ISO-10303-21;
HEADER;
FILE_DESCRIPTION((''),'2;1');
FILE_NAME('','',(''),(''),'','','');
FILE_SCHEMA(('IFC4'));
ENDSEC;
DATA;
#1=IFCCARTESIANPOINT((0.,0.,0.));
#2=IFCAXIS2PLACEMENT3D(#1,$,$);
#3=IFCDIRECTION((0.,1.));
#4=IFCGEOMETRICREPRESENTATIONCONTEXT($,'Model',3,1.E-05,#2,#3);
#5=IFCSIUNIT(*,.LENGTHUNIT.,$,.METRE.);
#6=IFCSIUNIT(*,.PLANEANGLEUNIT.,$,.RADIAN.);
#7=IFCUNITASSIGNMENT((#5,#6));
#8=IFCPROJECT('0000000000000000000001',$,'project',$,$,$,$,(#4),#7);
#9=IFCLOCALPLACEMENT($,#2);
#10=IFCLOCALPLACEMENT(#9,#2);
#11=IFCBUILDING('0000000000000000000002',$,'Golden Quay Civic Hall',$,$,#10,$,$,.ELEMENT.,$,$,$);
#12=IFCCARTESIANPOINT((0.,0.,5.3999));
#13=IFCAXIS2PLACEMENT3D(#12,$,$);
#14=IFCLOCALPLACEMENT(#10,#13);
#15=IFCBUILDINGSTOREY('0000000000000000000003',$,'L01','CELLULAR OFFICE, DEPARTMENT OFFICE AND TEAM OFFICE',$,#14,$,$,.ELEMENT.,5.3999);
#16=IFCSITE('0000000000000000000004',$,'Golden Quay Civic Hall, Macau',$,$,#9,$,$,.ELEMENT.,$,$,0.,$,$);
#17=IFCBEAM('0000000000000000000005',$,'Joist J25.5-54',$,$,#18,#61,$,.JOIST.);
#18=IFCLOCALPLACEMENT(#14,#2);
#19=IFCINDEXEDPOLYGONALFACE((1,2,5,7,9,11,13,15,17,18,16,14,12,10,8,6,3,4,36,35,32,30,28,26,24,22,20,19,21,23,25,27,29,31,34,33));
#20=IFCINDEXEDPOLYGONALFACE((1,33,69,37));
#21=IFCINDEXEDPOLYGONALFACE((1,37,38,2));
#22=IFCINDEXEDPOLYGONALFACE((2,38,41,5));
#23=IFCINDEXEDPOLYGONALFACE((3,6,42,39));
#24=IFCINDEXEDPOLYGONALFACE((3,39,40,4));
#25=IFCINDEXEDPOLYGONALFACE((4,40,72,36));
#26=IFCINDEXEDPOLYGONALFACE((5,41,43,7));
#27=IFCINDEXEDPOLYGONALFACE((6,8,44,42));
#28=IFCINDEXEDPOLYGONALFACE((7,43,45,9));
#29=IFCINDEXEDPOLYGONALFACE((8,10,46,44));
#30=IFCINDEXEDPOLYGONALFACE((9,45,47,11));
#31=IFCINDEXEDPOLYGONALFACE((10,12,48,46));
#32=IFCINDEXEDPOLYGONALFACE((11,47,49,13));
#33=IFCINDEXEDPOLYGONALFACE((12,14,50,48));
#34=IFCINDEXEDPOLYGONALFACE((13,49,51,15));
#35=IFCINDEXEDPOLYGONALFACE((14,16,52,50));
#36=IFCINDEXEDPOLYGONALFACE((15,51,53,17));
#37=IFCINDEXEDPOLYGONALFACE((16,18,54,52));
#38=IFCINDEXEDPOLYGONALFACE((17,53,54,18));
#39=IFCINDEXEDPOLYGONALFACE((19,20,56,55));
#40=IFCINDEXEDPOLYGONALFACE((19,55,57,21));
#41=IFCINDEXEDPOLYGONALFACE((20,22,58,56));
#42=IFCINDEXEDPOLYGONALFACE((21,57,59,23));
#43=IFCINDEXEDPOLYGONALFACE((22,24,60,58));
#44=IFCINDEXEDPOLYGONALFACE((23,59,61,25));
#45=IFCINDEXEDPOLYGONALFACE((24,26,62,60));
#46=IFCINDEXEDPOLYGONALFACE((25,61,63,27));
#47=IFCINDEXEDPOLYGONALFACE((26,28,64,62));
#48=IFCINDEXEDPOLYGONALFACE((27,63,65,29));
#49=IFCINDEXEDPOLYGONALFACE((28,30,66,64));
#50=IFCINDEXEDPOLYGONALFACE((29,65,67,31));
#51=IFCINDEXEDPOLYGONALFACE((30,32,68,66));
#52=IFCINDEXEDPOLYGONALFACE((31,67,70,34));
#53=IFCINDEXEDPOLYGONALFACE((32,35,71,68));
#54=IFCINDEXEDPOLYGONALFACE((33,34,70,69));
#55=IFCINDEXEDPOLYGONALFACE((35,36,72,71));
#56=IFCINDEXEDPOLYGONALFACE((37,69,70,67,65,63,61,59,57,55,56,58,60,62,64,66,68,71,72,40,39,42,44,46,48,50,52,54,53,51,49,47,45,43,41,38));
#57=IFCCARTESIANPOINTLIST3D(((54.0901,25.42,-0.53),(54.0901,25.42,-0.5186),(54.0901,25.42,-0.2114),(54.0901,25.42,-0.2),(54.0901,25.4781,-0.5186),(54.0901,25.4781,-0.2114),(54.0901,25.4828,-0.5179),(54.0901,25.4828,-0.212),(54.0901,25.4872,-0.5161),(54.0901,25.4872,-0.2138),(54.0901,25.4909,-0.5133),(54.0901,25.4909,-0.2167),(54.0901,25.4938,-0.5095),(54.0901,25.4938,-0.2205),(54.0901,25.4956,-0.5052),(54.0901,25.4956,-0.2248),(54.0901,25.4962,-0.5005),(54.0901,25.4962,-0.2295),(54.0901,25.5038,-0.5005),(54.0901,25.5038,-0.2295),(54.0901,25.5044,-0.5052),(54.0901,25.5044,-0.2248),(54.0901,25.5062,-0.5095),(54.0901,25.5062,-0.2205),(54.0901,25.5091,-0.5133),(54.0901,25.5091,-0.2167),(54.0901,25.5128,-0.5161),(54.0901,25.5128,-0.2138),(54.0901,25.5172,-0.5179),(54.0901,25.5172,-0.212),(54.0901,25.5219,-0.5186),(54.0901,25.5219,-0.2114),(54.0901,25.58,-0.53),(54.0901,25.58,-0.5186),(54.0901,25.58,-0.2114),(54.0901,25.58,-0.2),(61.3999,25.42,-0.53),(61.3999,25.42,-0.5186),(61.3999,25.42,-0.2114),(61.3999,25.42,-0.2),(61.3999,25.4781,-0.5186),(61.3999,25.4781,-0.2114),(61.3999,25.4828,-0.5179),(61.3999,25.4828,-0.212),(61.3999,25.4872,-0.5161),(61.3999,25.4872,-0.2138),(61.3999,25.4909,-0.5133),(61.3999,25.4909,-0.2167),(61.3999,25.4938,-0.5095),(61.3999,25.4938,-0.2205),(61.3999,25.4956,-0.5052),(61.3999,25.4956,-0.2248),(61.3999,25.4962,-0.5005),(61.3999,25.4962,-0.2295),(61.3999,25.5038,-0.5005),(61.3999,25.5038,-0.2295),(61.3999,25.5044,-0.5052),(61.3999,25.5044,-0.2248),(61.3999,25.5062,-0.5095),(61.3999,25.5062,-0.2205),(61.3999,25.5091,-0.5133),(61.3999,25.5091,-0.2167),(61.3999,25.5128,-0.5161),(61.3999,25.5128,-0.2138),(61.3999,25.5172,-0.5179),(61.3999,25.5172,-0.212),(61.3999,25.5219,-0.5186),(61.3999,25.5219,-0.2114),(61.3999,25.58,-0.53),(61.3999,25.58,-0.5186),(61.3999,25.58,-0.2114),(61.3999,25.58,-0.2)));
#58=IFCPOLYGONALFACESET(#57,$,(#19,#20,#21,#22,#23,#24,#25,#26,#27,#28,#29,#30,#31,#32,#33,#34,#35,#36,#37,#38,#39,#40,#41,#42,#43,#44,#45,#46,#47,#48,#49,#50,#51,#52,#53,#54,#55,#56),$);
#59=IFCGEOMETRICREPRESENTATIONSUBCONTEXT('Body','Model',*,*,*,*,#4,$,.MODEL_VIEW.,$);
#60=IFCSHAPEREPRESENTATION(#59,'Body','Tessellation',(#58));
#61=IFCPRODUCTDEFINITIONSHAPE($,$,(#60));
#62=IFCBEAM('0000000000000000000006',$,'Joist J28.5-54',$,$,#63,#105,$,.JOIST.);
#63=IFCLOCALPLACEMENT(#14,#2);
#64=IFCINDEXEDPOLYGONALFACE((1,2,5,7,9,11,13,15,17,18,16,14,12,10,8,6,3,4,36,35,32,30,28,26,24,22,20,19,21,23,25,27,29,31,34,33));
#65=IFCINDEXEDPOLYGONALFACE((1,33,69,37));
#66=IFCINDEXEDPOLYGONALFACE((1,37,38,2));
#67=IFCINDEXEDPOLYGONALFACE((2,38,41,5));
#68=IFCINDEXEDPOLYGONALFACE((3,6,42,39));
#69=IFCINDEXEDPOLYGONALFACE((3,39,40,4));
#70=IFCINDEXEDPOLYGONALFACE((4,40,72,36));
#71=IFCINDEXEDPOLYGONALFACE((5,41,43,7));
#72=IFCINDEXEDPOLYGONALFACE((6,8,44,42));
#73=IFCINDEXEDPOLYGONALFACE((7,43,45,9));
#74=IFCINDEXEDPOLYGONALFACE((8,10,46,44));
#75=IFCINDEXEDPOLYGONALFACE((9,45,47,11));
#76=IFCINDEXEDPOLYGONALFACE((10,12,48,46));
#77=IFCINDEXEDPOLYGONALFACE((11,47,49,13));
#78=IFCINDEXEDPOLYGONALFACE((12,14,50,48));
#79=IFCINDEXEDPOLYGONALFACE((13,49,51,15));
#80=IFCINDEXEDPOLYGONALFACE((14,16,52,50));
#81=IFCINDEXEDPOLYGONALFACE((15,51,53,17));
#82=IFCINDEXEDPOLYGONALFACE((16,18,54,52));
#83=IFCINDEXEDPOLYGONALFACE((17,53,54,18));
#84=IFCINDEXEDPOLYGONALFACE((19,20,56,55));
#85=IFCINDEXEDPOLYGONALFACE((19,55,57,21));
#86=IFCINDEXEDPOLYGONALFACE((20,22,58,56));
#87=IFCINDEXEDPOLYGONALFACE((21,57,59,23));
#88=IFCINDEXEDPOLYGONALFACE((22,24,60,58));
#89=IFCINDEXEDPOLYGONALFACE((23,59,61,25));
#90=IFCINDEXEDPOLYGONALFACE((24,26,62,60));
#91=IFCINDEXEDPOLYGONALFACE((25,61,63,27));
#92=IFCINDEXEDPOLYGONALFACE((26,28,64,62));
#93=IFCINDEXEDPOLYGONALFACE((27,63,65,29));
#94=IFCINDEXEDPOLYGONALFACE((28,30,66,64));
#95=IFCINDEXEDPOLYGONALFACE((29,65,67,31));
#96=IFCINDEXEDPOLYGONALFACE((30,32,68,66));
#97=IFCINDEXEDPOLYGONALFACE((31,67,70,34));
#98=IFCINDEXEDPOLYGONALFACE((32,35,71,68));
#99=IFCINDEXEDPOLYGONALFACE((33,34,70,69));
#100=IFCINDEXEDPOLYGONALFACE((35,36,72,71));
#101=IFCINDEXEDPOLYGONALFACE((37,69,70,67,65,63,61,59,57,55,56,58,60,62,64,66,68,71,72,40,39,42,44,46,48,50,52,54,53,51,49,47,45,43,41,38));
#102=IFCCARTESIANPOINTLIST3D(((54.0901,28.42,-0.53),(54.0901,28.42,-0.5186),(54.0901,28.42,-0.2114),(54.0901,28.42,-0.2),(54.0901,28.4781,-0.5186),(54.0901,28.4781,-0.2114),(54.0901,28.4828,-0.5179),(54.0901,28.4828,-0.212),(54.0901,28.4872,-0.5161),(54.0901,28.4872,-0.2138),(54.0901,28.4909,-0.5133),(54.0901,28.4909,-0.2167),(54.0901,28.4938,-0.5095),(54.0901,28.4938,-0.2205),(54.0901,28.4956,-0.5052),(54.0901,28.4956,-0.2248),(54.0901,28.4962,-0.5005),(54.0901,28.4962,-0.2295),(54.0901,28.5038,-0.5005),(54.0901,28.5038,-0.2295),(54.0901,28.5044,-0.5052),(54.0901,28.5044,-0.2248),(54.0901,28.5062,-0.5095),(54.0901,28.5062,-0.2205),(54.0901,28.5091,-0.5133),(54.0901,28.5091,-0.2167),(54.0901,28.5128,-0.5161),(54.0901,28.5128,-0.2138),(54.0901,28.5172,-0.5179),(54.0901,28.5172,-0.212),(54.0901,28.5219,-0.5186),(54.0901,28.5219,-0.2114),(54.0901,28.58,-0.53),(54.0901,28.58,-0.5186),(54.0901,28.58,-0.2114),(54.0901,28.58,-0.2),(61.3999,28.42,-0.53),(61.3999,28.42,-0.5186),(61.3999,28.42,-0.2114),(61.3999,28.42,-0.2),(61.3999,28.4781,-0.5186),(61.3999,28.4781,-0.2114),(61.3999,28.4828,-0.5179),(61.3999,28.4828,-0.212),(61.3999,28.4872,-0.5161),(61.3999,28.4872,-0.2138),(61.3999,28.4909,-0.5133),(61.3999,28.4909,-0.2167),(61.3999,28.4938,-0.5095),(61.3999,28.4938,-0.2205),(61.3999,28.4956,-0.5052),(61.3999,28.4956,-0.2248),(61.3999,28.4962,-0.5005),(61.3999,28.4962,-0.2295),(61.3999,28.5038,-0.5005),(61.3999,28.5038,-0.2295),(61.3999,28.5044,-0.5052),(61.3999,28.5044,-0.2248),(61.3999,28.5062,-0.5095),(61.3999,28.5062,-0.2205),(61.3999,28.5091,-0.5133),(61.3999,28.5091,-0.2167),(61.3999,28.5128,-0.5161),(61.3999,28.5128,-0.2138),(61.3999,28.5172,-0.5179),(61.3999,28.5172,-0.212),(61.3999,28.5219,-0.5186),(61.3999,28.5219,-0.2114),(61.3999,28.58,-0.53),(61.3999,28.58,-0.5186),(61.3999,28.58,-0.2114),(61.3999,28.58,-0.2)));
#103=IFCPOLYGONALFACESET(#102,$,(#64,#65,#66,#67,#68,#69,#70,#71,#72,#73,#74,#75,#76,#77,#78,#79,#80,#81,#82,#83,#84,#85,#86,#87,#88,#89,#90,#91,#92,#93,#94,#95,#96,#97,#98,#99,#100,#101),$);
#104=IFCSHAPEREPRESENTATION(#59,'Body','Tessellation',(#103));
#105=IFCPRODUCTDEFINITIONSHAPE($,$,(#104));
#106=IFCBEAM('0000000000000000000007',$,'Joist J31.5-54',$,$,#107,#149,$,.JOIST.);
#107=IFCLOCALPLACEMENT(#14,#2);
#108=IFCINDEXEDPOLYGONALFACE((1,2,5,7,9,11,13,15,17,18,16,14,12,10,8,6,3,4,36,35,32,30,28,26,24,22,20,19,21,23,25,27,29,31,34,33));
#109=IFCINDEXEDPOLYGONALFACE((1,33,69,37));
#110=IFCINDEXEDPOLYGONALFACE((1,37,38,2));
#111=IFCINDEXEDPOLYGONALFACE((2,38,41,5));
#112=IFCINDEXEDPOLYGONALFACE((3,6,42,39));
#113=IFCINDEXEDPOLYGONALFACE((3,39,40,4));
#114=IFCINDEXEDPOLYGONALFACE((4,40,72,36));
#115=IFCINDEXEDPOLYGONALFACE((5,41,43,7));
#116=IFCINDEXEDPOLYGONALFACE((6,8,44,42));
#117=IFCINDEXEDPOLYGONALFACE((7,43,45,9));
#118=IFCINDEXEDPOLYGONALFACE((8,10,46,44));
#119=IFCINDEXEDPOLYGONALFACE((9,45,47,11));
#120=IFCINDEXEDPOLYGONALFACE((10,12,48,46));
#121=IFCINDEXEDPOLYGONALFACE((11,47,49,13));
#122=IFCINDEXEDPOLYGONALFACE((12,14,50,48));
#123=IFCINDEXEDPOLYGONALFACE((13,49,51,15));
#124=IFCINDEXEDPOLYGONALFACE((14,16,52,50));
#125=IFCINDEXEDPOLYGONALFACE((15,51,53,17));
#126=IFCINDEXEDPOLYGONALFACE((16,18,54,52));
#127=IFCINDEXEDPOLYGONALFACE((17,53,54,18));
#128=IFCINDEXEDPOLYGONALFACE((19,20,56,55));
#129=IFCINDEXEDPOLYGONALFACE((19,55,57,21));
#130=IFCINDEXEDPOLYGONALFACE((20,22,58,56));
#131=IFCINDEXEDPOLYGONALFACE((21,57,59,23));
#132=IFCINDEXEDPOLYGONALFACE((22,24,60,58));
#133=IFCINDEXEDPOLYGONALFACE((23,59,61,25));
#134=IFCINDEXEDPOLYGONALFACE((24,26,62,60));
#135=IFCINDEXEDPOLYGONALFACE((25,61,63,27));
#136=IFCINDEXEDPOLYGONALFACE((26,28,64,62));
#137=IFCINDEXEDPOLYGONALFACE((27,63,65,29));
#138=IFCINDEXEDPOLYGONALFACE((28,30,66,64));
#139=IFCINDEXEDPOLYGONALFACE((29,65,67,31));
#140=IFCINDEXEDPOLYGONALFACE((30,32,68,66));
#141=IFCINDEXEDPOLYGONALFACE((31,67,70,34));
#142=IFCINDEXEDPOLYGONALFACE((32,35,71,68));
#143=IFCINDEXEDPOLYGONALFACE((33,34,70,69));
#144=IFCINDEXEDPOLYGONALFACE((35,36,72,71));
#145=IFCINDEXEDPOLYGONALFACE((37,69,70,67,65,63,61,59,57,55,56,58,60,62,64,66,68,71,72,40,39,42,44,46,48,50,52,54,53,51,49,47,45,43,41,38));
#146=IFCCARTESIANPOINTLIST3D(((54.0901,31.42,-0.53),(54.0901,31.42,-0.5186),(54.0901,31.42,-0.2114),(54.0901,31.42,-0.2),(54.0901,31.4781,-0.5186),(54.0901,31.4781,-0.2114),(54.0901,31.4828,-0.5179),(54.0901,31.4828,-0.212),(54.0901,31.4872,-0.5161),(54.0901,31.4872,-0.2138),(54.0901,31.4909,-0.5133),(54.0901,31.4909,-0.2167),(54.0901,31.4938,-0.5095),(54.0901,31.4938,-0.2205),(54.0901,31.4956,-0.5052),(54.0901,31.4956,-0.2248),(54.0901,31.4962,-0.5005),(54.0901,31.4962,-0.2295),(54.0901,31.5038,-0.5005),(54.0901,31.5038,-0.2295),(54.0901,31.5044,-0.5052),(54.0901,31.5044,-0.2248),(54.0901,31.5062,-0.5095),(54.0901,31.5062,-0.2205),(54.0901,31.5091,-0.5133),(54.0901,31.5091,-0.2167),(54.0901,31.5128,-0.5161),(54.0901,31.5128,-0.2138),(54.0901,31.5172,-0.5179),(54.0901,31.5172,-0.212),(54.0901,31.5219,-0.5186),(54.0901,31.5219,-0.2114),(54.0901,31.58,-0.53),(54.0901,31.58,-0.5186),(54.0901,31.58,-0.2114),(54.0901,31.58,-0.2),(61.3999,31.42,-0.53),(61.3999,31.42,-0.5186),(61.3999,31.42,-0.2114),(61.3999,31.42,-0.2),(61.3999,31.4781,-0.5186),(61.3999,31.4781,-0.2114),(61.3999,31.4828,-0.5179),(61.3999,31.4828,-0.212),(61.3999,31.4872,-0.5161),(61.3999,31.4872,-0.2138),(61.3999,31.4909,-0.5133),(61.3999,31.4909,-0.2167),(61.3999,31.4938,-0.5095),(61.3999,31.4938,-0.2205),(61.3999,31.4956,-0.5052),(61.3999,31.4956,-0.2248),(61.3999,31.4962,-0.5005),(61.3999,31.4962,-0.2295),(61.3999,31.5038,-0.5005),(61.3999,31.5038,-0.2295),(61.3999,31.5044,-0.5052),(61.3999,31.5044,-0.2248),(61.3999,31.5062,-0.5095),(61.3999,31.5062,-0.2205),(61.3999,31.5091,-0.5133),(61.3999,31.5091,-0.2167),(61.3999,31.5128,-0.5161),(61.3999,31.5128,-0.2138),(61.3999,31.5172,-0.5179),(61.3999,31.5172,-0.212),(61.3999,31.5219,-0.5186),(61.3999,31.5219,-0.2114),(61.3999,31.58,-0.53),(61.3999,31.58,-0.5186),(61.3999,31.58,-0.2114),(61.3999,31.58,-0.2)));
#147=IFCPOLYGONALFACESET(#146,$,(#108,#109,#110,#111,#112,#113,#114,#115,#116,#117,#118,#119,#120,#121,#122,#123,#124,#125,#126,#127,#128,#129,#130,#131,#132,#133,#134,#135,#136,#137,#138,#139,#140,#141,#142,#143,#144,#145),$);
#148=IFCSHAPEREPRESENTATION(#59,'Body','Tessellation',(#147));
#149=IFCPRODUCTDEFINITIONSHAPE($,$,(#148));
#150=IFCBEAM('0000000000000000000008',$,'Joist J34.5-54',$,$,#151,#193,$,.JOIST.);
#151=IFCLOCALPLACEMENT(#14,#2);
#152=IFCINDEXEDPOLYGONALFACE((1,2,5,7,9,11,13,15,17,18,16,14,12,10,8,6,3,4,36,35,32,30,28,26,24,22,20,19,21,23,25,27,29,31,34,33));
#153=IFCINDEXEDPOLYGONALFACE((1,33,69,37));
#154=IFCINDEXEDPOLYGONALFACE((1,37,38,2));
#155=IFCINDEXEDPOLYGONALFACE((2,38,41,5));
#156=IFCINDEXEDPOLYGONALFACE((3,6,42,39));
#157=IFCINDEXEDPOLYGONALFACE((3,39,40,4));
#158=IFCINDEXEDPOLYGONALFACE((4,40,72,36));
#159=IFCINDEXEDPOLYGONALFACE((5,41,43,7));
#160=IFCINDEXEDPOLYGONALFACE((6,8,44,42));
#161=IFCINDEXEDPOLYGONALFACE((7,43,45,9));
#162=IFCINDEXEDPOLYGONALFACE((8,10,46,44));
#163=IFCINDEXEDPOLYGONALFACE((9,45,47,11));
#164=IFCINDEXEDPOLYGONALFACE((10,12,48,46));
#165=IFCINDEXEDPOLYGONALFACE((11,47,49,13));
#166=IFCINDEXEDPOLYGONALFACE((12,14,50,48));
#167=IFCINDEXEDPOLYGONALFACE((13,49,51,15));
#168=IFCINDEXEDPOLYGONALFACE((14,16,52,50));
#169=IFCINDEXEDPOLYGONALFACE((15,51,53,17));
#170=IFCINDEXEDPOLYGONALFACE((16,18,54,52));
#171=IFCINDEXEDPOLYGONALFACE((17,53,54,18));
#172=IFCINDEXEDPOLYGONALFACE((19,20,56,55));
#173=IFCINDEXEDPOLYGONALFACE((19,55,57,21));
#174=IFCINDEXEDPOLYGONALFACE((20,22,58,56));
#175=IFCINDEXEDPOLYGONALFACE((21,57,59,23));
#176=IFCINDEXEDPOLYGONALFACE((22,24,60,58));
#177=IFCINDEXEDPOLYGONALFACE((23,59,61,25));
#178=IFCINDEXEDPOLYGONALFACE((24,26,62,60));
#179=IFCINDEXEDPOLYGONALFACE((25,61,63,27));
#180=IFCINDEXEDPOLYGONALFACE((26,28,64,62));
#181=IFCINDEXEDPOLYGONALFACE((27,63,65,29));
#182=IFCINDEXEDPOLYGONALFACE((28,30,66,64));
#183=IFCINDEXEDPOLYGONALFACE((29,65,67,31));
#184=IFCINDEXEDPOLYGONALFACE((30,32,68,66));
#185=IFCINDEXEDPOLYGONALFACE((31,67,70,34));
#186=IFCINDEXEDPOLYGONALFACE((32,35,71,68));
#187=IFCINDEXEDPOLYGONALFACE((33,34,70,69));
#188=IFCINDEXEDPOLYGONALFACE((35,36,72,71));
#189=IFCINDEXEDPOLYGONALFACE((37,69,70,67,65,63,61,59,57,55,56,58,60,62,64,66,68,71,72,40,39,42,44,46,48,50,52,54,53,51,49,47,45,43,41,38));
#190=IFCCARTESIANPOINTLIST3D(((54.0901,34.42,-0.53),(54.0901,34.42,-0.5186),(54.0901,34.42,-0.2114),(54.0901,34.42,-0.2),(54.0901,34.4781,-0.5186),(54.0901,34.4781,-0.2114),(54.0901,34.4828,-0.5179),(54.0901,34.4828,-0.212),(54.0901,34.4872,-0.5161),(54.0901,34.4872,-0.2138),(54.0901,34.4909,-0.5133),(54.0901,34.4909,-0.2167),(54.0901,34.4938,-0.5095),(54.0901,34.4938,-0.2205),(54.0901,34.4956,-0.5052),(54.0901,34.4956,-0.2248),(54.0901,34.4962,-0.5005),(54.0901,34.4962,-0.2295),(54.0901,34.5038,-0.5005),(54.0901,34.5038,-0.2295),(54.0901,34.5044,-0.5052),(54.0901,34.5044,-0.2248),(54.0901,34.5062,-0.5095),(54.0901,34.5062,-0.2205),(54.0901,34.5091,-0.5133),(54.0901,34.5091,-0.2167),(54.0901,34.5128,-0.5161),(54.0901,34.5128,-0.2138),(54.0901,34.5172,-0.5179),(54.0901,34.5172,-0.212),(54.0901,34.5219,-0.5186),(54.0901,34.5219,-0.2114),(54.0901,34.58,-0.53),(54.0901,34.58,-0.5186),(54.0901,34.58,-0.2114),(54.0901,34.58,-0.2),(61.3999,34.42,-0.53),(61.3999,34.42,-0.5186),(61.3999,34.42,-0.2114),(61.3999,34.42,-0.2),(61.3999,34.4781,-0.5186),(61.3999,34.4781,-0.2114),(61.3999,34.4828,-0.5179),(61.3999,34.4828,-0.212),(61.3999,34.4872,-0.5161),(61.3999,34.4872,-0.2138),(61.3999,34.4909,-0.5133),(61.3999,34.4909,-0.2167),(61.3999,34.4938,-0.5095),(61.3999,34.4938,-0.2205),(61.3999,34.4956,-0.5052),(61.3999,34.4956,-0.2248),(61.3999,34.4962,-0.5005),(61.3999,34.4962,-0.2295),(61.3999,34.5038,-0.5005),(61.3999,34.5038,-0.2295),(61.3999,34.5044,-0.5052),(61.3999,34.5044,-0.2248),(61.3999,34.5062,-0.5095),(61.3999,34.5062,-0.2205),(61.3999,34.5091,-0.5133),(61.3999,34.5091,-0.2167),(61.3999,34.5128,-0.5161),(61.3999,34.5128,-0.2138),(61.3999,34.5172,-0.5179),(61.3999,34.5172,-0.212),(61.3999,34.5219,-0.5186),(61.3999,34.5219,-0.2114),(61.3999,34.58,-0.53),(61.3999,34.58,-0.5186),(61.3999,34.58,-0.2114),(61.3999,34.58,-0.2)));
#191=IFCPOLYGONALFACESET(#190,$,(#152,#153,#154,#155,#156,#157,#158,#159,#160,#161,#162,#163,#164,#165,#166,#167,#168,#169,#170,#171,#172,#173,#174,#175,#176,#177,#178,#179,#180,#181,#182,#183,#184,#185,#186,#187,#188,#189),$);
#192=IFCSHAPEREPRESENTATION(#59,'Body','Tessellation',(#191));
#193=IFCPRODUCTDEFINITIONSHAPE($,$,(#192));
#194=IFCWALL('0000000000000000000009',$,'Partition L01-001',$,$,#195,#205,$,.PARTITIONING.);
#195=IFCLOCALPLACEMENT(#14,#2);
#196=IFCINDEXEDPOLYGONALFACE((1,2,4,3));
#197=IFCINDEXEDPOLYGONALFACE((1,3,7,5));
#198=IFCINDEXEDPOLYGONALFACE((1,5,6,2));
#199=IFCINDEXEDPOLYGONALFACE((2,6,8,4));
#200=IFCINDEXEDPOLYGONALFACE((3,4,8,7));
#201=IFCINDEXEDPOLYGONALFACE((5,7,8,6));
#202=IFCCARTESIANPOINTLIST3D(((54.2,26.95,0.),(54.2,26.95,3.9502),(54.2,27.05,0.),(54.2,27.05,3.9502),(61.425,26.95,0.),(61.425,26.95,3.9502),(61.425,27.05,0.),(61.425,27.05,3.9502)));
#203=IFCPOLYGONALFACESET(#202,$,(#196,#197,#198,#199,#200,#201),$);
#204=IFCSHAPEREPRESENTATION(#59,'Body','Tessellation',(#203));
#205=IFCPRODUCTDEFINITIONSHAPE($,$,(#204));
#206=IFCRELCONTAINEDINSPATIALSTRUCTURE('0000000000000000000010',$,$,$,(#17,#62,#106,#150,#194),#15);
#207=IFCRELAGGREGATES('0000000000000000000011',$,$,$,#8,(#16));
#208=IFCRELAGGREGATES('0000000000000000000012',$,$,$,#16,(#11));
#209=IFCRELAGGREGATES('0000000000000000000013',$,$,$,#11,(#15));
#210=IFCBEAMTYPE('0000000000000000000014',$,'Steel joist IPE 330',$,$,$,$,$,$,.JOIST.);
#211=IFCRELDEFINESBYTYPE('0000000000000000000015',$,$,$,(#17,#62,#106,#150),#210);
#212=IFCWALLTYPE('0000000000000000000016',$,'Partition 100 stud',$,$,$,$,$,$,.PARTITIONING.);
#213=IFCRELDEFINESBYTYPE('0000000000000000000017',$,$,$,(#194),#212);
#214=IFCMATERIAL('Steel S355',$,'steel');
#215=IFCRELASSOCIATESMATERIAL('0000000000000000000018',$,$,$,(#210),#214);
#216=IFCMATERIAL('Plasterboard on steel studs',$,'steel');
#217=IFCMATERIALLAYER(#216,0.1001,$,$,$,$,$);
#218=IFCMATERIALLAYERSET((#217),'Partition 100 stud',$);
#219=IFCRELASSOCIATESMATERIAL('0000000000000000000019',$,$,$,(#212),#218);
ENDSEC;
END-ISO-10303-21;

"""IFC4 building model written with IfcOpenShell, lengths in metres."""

from ifc_helpers import new_model, si_unit, direction, frame, frame_2d, origin, origin_2d, place, context, subcontext, project, spatial, rectangle, i_section, extrude, material, layer, layer_set, material_profile, profile_set, type_object, element, save


model = new_model("IFC4")

# Units and contexts
model_context = context("Model", 3, precision=1e-05, world=origin(), true_north=direction((0.0, 1.0)))
body_context = subcontext(model_context, "Body", "Model", "MODEL_VIEW")
ifc_project = project(units=[si_unit("LENGTHUNIT", "METRE"), si_unit("PLANEANGLEUNIT", "RADIAN")], contexts=[model_context])

# Site, building, storey
site_placement = place(None, origin())
site = spatial("IfcSite", under=ifc_project, at=site_placement, Name="Golden Quay Civic Hall, Macau", CompositionType="ELEMENT", RefElevation=0.0)
building_placement = place(site_placement, origin())
building = spatial("IfcBuilding", under=site, at=building_placement, Name="Golden Quay Civic Hall", CompositionType="ELEMENT")
storey_placement = place(building_placement, frame((0.0, 0.0, 5.3999)))
storey = spatial("IfcBuildingStorey", under=building, at=storey_placement, Name="L01", Description="CELLULAR OFFICE, DEPARTMENT OFFICE AND TEAM OFFICE", CompositionType="ELEMENT", Elevation=5.3999)

# Beams
ifc_material_1 = material(Name="Steel S355", Category="steel")
ifc_material_profile_1 = material_profile(ifc_material_1, i_section(OverallWidth=0.1599, OverallDepth=0.3301, WebThickness=0.0076, FlangeThickness=0.0115, FilletRadius=0.0181, at=origin_2d()), Name="IPE 330")
ifc_profile_set_1 = profile_set([ifc_material_profile_1], Name="Steel S355")
beam_type_1 = type_object("IfcBeamType", Name="Steel joist IPE 330", PredefinedType="JOIST", material=ifc_profile_set_1)
for number, where, z_axis, x_axis, name in (
    (1, (54.0901, 25.5, -0.365), (1.0, 0.0, 0.0), (0.0, 1.0, 0.0), "Joist J25.5-54"),
    (2, (54.0901, 28.5, -0.365), (1.0, 0.0, 0.0), (0.0, 1.0, 0.0), "Joist J28.5-54"),
    (3, (54.0901, 31.5, -0.365), (1.0, 0.0, 0.0), (0.0, 1.0, 0.0), "Joist J31.5-54"),
    (4, (54.0901, 34.5, -0.365), (1.0, 0.0, 0.0), (0.0, 1.0, 0.0), "Joist J34.5-54"),
):
    element("IfcBeam", number, at=place(storey_placement, frame(where, z_axis=z_axis, x_axis=x_axis)), inside=storey, type_object=beam_type_1, Name=name, PredefinedType="JOIST", context=body_context, shape_type="SweptSolid", body=[
        extrude(i_section(OverallWidth=0.1599, OverallDepth=0.3301, WebThickness=0.0076, FlangeThickness=0.0115, FilletRadius=0.0181, at=origin_2d()), origin(), (0.0, 0.0, 1.0), 7.3098),
    ])

# Wall
ifc_material_2 = material(Name="Plasterboard on steel studs", Category="steel")
ifc_layer_1 = layer(ifc_material_2, 0.1001)
ifc_layer_set_1 = layer_set([ifc_layer_1], Name="Partition 100 stud")
wall_type_1 = type_object("IfcWallType", Name="Partition 100 stud", PredefinedType="PARTITIONING", material=ifc_layer_set_1)
for number, where, z_axis, x_axis, name in (
    (5, (54.2, 27.0, 0.0), (0.0, 0.0, 1.0), (1.0, 0.0, 0.0), "Partition L01-001"),
):
    element("IfcWall", number, at=place(storey_placement, frame(where, z_axis=z_axis, x_axis=x_axis)), inside=storey, type_object=wall_type_1, Name=name, PredefinedType="PARTITIONING", context=body_context, shape_type="SweptSolid", body=[
        extrude(rectangle(XDim=7.2251, YDim=0.1001, at=frame_2d((3.6125, 0.0))), origin(), (0.0, 0.0, 1.0), 3.9502),
    ])

save(model, "model.ifc")
